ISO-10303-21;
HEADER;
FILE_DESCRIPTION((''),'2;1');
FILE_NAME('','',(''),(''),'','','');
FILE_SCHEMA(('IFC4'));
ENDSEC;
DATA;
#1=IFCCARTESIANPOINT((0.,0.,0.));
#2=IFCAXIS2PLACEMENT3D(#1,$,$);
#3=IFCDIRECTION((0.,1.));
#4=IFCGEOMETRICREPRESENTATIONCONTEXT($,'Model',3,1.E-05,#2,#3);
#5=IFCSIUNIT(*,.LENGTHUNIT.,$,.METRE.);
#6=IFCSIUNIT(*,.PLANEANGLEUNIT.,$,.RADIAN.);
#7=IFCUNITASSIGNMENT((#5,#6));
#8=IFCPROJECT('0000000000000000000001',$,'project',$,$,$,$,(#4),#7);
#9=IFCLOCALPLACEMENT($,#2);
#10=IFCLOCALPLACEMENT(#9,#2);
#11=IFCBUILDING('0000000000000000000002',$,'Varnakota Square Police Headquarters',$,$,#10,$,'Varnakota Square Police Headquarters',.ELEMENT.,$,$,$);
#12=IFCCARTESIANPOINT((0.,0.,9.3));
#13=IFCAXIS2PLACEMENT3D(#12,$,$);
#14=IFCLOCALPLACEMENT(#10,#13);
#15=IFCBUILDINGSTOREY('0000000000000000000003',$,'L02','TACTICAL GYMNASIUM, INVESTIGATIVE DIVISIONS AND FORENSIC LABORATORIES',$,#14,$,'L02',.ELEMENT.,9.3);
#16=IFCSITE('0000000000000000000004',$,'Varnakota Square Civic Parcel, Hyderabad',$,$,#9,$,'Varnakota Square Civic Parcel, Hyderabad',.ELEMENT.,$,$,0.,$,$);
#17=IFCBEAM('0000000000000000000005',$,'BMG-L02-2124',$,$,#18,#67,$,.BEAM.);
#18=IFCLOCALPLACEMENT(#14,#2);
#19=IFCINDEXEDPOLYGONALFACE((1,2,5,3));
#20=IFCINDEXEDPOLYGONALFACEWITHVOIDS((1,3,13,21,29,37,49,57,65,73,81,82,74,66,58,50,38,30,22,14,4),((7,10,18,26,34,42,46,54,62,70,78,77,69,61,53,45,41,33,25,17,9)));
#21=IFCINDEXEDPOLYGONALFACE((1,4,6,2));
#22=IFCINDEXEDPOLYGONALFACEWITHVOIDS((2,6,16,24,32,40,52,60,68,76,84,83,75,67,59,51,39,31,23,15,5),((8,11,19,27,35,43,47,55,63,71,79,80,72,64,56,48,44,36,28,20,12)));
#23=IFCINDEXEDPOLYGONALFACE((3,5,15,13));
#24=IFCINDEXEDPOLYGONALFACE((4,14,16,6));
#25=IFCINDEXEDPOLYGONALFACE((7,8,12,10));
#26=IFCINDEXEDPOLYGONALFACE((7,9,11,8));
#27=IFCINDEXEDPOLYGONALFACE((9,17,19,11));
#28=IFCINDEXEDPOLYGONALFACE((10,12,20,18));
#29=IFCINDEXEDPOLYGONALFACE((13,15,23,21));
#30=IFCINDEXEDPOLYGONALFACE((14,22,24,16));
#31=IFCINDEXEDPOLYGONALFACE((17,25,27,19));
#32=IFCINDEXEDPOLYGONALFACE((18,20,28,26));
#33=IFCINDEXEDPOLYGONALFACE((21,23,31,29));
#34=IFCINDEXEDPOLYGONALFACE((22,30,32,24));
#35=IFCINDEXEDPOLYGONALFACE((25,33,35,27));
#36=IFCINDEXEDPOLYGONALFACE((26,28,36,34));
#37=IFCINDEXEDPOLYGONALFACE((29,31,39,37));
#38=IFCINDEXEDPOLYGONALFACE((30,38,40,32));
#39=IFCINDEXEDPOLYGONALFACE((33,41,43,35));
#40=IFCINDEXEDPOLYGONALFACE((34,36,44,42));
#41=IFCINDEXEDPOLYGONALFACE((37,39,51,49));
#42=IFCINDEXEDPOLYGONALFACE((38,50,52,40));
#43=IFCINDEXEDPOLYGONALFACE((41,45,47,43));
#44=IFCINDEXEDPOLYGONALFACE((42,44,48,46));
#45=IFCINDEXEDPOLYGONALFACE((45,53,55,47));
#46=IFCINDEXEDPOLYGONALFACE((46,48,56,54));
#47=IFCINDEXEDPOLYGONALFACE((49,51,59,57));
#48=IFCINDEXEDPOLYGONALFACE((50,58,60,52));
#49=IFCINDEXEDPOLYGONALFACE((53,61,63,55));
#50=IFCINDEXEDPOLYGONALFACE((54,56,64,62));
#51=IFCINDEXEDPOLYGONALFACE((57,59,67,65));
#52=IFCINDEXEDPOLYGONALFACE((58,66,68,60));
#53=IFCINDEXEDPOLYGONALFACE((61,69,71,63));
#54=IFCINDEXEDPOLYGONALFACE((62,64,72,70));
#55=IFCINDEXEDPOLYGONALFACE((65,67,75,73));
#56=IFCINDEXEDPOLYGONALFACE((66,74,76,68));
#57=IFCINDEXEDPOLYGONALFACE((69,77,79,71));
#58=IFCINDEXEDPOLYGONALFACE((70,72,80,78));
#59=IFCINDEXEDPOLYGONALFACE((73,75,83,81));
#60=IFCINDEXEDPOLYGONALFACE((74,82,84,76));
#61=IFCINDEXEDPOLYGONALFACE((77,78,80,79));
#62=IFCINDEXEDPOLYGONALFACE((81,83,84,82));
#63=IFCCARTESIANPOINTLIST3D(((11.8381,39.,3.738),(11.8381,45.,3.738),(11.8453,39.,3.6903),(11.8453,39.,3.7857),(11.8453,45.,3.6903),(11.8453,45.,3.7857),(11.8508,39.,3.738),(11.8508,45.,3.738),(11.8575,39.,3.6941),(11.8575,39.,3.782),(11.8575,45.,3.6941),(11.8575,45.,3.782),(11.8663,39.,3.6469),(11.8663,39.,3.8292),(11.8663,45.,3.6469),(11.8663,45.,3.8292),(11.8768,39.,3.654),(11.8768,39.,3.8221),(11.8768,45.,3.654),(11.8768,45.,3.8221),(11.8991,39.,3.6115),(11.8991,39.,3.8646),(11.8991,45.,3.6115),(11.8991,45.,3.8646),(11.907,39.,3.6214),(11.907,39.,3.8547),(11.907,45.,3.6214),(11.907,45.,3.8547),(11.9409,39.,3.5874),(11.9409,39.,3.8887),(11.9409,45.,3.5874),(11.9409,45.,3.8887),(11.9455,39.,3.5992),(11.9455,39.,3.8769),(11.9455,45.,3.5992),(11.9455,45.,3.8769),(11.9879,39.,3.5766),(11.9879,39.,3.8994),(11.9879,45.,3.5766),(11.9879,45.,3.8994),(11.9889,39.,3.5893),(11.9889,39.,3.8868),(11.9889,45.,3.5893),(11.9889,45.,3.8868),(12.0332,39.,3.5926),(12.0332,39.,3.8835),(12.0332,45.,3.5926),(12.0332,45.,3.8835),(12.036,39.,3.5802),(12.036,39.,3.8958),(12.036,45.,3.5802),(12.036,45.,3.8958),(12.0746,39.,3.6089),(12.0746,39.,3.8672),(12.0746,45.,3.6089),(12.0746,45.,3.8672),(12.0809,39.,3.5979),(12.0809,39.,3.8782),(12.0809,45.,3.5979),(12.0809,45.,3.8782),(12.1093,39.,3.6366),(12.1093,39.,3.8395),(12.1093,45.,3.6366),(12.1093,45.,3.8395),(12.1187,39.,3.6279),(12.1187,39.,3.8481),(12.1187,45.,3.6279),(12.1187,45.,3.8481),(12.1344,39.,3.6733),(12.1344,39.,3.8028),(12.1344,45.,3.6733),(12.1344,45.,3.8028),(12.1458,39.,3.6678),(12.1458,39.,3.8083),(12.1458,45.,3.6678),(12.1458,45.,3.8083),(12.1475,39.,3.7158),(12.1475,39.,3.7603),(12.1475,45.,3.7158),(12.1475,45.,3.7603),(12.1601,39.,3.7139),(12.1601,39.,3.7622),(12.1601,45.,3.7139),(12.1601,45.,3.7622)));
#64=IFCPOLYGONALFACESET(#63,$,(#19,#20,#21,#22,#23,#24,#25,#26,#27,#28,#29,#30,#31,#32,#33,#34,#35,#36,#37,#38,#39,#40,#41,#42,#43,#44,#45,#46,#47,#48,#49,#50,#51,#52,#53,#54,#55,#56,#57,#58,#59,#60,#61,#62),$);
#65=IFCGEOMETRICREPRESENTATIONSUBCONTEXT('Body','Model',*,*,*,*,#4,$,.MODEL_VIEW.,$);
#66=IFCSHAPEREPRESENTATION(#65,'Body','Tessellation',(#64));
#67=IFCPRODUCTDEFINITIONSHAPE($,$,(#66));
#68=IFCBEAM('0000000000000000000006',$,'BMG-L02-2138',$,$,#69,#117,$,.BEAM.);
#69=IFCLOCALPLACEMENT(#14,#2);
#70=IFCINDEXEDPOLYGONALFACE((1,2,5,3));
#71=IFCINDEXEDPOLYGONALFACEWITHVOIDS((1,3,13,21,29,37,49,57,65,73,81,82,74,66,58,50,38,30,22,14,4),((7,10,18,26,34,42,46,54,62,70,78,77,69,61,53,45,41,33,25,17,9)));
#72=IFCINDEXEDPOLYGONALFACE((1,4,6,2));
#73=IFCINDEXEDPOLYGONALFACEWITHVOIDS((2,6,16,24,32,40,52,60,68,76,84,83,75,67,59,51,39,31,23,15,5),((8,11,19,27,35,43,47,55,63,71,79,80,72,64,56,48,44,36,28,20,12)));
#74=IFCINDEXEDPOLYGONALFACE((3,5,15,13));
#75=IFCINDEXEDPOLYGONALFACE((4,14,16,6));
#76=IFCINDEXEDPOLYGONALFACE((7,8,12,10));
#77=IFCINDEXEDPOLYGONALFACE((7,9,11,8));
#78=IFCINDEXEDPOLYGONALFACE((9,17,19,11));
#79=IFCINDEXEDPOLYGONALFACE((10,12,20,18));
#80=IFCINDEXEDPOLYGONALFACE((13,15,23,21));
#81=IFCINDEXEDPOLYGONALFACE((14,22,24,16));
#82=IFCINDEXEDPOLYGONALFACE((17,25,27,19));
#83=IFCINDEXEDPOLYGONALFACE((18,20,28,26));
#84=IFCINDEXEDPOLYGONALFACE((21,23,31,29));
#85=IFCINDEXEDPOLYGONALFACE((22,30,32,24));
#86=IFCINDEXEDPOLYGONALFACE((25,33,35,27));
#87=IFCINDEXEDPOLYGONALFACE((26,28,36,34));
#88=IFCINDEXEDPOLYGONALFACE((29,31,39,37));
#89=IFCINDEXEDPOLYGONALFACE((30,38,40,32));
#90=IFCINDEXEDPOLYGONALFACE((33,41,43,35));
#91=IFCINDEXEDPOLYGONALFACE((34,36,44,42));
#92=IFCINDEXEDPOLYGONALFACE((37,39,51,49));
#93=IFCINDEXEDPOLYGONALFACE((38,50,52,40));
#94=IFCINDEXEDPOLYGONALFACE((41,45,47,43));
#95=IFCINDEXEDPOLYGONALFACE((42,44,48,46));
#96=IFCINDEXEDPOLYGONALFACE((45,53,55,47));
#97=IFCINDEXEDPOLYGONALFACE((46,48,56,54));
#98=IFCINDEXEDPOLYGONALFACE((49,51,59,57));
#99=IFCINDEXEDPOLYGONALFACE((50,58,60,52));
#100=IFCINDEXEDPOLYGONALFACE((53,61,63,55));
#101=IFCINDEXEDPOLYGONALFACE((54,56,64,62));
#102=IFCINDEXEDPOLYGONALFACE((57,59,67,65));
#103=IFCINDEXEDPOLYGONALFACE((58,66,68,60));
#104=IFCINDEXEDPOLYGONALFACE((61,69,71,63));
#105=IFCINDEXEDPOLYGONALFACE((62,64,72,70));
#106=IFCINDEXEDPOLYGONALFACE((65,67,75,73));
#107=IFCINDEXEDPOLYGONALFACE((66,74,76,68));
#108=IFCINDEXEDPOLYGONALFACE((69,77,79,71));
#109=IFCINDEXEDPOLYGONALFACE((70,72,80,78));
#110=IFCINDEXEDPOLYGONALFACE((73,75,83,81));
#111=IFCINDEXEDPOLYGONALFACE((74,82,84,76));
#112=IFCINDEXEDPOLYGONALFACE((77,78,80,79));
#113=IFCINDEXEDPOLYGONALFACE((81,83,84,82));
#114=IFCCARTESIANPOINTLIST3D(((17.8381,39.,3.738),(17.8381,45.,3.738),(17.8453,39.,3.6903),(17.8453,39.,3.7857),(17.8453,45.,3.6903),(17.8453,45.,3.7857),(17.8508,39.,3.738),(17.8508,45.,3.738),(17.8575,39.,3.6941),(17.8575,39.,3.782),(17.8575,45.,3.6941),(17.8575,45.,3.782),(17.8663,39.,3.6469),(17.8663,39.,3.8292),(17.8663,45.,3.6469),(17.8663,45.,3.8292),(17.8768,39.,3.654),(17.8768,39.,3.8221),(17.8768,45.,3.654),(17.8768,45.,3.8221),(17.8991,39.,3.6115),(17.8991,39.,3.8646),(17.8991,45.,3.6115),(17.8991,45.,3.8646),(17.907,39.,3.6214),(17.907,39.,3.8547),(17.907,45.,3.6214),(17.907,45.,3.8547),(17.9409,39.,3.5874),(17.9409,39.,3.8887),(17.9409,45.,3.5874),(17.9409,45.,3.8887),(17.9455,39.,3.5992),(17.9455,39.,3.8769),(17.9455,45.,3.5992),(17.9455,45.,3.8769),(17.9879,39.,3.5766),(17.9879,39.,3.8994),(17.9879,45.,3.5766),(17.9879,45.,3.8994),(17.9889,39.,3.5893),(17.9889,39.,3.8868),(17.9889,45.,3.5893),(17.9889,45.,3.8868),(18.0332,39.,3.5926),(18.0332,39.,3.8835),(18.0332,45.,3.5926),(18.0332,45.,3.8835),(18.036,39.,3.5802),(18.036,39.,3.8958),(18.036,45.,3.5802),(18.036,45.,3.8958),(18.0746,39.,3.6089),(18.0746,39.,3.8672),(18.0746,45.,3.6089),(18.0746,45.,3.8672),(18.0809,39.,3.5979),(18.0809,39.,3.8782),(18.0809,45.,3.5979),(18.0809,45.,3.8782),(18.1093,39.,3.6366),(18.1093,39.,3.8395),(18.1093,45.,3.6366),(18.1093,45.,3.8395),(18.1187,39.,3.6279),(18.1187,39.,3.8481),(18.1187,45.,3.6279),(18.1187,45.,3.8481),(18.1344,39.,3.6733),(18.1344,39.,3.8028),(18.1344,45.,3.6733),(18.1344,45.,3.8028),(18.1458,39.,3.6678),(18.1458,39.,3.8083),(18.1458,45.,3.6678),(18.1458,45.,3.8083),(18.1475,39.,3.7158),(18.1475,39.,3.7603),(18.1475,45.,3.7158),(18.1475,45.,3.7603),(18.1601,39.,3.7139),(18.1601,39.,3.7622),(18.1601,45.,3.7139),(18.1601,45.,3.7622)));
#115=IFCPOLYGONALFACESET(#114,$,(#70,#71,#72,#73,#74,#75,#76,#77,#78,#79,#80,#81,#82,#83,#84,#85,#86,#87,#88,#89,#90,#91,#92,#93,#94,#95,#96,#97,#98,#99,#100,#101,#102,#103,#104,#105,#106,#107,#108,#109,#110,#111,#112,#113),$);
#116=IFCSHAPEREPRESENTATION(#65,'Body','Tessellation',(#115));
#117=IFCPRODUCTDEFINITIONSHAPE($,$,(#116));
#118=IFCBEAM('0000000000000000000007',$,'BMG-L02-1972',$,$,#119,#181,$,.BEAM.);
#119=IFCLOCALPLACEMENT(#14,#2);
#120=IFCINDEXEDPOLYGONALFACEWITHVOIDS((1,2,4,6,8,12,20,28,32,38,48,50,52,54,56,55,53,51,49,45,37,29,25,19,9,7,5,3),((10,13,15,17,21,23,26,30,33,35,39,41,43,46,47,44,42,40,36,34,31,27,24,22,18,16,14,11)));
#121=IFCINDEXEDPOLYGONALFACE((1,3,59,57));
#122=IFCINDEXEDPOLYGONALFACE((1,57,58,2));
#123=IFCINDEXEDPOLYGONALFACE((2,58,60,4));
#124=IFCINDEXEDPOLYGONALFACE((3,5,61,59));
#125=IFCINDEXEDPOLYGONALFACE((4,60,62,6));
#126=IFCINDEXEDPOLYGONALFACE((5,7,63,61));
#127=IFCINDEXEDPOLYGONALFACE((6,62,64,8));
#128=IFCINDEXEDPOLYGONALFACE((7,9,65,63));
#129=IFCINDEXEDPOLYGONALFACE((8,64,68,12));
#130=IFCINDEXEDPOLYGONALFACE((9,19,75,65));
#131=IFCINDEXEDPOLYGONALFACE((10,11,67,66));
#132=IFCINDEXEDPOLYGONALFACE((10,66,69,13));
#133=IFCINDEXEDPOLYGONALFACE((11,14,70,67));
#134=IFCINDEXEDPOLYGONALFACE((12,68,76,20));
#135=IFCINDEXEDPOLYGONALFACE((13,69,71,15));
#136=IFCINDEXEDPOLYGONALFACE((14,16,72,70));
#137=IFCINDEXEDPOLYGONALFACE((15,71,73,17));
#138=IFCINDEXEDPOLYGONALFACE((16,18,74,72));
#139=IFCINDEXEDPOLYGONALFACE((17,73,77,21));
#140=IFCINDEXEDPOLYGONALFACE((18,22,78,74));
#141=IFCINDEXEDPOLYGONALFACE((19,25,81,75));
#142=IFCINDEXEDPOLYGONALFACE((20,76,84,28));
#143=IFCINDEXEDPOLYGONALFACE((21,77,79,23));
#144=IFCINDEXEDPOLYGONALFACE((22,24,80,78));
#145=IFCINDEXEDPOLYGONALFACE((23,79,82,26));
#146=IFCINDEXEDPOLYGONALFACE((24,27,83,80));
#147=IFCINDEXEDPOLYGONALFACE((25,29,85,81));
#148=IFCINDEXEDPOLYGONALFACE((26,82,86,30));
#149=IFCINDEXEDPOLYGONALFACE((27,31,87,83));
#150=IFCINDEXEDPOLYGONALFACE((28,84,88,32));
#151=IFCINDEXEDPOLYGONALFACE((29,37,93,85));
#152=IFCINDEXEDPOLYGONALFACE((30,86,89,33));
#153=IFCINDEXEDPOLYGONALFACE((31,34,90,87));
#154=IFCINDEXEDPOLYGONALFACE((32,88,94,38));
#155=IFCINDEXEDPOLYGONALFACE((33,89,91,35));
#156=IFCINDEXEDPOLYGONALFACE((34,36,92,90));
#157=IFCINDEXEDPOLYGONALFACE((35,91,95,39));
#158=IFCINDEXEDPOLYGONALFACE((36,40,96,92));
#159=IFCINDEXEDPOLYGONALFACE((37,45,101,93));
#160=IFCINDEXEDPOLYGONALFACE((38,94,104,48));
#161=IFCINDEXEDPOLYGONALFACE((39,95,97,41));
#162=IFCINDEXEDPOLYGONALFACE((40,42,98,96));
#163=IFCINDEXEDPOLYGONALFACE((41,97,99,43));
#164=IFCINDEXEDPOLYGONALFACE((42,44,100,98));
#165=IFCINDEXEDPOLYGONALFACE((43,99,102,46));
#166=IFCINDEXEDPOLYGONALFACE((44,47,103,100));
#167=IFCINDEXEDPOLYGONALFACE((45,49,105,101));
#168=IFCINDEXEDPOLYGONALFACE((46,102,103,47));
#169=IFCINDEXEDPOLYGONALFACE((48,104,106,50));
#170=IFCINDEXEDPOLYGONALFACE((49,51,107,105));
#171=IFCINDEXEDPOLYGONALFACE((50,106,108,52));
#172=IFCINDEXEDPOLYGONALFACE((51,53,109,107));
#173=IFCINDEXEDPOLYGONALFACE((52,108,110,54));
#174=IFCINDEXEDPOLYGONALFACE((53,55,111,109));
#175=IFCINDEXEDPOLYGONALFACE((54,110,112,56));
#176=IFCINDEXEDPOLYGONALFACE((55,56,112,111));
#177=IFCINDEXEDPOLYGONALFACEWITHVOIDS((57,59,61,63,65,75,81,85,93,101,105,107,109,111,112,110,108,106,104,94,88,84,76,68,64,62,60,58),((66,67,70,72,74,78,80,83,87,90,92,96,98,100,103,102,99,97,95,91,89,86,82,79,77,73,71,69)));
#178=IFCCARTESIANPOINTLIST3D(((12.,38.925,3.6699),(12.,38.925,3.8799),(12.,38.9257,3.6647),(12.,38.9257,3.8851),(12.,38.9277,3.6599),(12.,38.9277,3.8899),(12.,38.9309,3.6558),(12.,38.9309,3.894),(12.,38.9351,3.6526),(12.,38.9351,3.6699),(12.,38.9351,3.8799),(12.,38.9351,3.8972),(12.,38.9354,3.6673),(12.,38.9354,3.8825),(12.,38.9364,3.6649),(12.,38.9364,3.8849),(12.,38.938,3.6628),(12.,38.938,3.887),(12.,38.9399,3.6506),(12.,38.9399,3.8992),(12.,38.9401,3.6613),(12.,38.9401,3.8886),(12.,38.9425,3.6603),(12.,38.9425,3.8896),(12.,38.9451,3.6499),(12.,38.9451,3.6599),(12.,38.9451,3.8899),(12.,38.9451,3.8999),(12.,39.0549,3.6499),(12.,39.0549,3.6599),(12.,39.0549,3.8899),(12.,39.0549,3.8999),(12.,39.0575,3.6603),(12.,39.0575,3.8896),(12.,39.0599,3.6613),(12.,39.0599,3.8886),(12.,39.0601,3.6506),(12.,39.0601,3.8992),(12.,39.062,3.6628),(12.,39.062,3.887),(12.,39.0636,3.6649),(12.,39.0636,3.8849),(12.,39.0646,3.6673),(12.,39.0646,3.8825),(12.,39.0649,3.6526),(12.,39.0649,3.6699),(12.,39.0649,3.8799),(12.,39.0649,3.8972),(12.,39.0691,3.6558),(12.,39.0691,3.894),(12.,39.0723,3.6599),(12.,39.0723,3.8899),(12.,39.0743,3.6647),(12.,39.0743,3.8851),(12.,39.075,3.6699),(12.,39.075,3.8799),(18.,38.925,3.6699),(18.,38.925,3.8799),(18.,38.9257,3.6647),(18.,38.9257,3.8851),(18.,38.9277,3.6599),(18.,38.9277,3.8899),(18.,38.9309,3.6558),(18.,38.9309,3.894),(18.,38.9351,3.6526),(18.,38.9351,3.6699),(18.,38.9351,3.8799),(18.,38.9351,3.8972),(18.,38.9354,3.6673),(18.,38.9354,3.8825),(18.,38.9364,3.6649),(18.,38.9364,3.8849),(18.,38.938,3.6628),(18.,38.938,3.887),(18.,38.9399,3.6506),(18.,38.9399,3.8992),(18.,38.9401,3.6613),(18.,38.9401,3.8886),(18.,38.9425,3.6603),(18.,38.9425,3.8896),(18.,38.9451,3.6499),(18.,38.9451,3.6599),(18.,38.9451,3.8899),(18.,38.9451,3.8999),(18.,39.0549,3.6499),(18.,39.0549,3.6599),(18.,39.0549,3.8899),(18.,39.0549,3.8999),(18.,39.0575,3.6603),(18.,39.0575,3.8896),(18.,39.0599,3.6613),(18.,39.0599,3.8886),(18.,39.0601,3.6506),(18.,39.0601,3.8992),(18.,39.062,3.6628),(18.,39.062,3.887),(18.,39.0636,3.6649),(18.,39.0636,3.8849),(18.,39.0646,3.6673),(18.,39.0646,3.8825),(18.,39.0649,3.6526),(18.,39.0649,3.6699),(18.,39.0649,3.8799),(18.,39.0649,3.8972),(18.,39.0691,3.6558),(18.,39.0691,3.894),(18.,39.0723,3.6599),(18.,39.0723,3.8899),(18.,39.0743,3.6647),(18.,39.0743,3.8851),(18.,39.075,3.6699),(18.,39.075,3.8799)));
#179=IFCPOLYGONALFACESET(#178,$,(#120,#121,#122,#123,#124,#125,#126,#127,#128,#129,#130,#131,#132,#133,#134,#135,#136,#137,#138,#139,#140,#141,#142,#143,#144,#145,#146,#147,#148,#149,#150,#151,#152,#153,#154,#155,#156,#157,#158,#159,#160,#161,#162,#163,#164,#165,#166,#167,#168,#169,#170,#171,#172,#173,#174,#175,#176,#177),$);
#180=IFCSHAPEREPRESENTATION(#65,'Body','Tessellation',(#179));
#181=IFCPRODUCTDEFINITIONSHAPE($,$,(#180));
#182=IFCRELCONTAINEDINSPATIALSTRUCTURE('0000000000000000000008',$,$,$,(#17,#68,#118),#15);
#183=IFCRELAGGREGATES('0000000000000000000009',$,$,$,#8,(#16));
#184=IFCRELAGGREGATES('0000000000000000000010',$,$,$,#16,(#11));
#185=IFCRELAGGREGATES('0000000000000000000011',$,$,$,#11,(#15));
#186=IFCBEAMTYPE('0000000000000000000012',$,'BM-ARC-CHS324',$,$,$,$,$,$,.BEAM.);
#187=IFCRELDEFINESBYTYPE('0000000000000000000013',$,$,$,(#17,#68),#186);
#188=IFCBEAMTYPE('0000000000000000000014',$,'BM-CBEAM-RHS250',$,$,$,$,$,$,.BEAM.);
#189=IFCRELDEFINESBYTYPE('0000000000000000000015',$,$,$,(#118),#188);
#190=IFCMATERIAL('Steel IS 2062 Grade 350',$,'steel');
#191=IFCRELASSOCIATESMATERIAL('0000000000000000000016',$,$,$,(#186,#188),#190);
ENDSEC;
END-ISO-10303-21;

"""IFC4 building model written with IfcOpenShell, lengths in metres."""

from ifc_helpers import new_model, si_unit, direction, frame, origin, origin_2d, place, context, subcontext, project, spatial, hollow_rectangle, hollow_circle, extrude, material, material_profile, profile_set, type_object, element, save


model = new_model("IFC4")

# Units and contexts
model_context = context("Model", 3, precision=1e-05, world=origin(), true_north=direction((0.0, 1.0)))
body_context = subcontext(model_context, "Body", "Model", "MODEL_VIEW")
ifc_project = project(units=[si_unit("LENGTHUNIT", "METRE"), si_unit("PLANEANGLEUNIT", "RADIAN")], contexts=[model_context])

# Site, building, storey
site_placement = place(None, origin())
site = spatial("IfcSite", under=ifc_project, at=site_placement, Name="Varnakota Square Civic Parcel, Hyderabad", LongName="Varnakota Square Civic Parcel, Hyderabad", CompositionType="ELEMENT", RefElevation=0.0)
building_placement = place(site_placement, origin())
building = spatial("IfcBuilding", under=site, at=building_placement, Name="Varnakota Square Police Headquarters", LongName="Varnakota Square Police Headquarters", CompositionType="ELEMENT")
storey_placement = place(building_placement, frame((0.0, 0.0, 9.3)))
storey = spatial("IfcBuildingStorey", under=building, at=storey_placement, Name="L02", Description="TACTICAL GYMNASIUM, INVESTIGATIVE DIVISIONS AND FORENSIC LABORATORIES", LongName="L02", CompositionType="ELEMENT", Elevation=9.3)

# Shared definitions
ifc_material_1 = material(Name="Steel IS 2062 Grade 350", Category="steel")

# Beams
ifc_material_profile_1 = material_profile(ifc_material_1, hollow_circle(Radius=0.1619, WallThickness=0.0127, at=origin_2d()), Name="CHS 323.9x12.7")
ifc_profile_set_1 = profile_set([ifc_material_profile_1], Name="Steel IS 2062 Grade 350")
beam_type_1 = type_object("IfcBeamType", Name="BM-ARC-CHS324", PredefinedType="BEAM", material=ifc_profile_set_1)
for number, where, z_axis, x_axis, name in (
    (1, (12.0, 39.0, 3.738), (0.0, 1.0, 0.0), (-1.0, 0.0, 0.0), "BMG-L02-2124"),
    (2, (18.0, 39.0, 3.738), (0.0, 1.0, 0.0), (-1.0, 0.0, 0.0), "BMG-L02-2138"),
):
    element("IfcBeam", number, at=place(storey_placement, frame(where, z_axis=z_axis, x_axis=x_axis)), inside=storey, type_object=beam_type_1, Name=name, PredefinedType="BEAM", context=body_context, shape_type="SweptSolid", body=[
        extrude(hollow_circle(Radius=0.1619, WallThickness=0.0127, at=origin_2d()), origin(), (0.0, 0.0, 1.0), 6.0),
    ])
ifc_material_profile_2 = material_profile(ifc_material_1, hollow_rectangle(XDim=0.1499, YDim=0.25, WallThickness=0.01, InnerFilletRadius=0.01, OuterFilletRadius=0.02, at=origin_2d()), Name="RHS 250x150x10")
ifc_profile_set_2 = profile_set([ifc_material_profile_2], Name="Steel IS 2062 Grade 350")
beam_type_2 = type_object("IfcBeamType", Name="BM-CBEAM-RHS250", PredefinedType="BEAM", material=ifc_profile_set_2)
beam_1_placement = place(storey_placement, frame((12.0, 39.0, 3.7749), z_axis=(1.0, 0.0, 0.0), x_axis=(0.0, 1.0, 0.0)))
element("IfcBeam", 3, at=beam_1_placement, inside=storey, type_object=beam_type_2, Name="BMG-L02-1972", PredefinedType="BEAM", context=body_context, shape_type="SweptSolid", body=[
    extrude(hollow_rectangle(XDim=0.1499, YDim=0.25, WallThickness=0.01, InnerFilletRadius=0.01, OuterFilletRadius=0.02, at=origin_2d()), origin(), (0.0, 0.0, 1.0), 6.0),
])

save(model, "model.ifc")
